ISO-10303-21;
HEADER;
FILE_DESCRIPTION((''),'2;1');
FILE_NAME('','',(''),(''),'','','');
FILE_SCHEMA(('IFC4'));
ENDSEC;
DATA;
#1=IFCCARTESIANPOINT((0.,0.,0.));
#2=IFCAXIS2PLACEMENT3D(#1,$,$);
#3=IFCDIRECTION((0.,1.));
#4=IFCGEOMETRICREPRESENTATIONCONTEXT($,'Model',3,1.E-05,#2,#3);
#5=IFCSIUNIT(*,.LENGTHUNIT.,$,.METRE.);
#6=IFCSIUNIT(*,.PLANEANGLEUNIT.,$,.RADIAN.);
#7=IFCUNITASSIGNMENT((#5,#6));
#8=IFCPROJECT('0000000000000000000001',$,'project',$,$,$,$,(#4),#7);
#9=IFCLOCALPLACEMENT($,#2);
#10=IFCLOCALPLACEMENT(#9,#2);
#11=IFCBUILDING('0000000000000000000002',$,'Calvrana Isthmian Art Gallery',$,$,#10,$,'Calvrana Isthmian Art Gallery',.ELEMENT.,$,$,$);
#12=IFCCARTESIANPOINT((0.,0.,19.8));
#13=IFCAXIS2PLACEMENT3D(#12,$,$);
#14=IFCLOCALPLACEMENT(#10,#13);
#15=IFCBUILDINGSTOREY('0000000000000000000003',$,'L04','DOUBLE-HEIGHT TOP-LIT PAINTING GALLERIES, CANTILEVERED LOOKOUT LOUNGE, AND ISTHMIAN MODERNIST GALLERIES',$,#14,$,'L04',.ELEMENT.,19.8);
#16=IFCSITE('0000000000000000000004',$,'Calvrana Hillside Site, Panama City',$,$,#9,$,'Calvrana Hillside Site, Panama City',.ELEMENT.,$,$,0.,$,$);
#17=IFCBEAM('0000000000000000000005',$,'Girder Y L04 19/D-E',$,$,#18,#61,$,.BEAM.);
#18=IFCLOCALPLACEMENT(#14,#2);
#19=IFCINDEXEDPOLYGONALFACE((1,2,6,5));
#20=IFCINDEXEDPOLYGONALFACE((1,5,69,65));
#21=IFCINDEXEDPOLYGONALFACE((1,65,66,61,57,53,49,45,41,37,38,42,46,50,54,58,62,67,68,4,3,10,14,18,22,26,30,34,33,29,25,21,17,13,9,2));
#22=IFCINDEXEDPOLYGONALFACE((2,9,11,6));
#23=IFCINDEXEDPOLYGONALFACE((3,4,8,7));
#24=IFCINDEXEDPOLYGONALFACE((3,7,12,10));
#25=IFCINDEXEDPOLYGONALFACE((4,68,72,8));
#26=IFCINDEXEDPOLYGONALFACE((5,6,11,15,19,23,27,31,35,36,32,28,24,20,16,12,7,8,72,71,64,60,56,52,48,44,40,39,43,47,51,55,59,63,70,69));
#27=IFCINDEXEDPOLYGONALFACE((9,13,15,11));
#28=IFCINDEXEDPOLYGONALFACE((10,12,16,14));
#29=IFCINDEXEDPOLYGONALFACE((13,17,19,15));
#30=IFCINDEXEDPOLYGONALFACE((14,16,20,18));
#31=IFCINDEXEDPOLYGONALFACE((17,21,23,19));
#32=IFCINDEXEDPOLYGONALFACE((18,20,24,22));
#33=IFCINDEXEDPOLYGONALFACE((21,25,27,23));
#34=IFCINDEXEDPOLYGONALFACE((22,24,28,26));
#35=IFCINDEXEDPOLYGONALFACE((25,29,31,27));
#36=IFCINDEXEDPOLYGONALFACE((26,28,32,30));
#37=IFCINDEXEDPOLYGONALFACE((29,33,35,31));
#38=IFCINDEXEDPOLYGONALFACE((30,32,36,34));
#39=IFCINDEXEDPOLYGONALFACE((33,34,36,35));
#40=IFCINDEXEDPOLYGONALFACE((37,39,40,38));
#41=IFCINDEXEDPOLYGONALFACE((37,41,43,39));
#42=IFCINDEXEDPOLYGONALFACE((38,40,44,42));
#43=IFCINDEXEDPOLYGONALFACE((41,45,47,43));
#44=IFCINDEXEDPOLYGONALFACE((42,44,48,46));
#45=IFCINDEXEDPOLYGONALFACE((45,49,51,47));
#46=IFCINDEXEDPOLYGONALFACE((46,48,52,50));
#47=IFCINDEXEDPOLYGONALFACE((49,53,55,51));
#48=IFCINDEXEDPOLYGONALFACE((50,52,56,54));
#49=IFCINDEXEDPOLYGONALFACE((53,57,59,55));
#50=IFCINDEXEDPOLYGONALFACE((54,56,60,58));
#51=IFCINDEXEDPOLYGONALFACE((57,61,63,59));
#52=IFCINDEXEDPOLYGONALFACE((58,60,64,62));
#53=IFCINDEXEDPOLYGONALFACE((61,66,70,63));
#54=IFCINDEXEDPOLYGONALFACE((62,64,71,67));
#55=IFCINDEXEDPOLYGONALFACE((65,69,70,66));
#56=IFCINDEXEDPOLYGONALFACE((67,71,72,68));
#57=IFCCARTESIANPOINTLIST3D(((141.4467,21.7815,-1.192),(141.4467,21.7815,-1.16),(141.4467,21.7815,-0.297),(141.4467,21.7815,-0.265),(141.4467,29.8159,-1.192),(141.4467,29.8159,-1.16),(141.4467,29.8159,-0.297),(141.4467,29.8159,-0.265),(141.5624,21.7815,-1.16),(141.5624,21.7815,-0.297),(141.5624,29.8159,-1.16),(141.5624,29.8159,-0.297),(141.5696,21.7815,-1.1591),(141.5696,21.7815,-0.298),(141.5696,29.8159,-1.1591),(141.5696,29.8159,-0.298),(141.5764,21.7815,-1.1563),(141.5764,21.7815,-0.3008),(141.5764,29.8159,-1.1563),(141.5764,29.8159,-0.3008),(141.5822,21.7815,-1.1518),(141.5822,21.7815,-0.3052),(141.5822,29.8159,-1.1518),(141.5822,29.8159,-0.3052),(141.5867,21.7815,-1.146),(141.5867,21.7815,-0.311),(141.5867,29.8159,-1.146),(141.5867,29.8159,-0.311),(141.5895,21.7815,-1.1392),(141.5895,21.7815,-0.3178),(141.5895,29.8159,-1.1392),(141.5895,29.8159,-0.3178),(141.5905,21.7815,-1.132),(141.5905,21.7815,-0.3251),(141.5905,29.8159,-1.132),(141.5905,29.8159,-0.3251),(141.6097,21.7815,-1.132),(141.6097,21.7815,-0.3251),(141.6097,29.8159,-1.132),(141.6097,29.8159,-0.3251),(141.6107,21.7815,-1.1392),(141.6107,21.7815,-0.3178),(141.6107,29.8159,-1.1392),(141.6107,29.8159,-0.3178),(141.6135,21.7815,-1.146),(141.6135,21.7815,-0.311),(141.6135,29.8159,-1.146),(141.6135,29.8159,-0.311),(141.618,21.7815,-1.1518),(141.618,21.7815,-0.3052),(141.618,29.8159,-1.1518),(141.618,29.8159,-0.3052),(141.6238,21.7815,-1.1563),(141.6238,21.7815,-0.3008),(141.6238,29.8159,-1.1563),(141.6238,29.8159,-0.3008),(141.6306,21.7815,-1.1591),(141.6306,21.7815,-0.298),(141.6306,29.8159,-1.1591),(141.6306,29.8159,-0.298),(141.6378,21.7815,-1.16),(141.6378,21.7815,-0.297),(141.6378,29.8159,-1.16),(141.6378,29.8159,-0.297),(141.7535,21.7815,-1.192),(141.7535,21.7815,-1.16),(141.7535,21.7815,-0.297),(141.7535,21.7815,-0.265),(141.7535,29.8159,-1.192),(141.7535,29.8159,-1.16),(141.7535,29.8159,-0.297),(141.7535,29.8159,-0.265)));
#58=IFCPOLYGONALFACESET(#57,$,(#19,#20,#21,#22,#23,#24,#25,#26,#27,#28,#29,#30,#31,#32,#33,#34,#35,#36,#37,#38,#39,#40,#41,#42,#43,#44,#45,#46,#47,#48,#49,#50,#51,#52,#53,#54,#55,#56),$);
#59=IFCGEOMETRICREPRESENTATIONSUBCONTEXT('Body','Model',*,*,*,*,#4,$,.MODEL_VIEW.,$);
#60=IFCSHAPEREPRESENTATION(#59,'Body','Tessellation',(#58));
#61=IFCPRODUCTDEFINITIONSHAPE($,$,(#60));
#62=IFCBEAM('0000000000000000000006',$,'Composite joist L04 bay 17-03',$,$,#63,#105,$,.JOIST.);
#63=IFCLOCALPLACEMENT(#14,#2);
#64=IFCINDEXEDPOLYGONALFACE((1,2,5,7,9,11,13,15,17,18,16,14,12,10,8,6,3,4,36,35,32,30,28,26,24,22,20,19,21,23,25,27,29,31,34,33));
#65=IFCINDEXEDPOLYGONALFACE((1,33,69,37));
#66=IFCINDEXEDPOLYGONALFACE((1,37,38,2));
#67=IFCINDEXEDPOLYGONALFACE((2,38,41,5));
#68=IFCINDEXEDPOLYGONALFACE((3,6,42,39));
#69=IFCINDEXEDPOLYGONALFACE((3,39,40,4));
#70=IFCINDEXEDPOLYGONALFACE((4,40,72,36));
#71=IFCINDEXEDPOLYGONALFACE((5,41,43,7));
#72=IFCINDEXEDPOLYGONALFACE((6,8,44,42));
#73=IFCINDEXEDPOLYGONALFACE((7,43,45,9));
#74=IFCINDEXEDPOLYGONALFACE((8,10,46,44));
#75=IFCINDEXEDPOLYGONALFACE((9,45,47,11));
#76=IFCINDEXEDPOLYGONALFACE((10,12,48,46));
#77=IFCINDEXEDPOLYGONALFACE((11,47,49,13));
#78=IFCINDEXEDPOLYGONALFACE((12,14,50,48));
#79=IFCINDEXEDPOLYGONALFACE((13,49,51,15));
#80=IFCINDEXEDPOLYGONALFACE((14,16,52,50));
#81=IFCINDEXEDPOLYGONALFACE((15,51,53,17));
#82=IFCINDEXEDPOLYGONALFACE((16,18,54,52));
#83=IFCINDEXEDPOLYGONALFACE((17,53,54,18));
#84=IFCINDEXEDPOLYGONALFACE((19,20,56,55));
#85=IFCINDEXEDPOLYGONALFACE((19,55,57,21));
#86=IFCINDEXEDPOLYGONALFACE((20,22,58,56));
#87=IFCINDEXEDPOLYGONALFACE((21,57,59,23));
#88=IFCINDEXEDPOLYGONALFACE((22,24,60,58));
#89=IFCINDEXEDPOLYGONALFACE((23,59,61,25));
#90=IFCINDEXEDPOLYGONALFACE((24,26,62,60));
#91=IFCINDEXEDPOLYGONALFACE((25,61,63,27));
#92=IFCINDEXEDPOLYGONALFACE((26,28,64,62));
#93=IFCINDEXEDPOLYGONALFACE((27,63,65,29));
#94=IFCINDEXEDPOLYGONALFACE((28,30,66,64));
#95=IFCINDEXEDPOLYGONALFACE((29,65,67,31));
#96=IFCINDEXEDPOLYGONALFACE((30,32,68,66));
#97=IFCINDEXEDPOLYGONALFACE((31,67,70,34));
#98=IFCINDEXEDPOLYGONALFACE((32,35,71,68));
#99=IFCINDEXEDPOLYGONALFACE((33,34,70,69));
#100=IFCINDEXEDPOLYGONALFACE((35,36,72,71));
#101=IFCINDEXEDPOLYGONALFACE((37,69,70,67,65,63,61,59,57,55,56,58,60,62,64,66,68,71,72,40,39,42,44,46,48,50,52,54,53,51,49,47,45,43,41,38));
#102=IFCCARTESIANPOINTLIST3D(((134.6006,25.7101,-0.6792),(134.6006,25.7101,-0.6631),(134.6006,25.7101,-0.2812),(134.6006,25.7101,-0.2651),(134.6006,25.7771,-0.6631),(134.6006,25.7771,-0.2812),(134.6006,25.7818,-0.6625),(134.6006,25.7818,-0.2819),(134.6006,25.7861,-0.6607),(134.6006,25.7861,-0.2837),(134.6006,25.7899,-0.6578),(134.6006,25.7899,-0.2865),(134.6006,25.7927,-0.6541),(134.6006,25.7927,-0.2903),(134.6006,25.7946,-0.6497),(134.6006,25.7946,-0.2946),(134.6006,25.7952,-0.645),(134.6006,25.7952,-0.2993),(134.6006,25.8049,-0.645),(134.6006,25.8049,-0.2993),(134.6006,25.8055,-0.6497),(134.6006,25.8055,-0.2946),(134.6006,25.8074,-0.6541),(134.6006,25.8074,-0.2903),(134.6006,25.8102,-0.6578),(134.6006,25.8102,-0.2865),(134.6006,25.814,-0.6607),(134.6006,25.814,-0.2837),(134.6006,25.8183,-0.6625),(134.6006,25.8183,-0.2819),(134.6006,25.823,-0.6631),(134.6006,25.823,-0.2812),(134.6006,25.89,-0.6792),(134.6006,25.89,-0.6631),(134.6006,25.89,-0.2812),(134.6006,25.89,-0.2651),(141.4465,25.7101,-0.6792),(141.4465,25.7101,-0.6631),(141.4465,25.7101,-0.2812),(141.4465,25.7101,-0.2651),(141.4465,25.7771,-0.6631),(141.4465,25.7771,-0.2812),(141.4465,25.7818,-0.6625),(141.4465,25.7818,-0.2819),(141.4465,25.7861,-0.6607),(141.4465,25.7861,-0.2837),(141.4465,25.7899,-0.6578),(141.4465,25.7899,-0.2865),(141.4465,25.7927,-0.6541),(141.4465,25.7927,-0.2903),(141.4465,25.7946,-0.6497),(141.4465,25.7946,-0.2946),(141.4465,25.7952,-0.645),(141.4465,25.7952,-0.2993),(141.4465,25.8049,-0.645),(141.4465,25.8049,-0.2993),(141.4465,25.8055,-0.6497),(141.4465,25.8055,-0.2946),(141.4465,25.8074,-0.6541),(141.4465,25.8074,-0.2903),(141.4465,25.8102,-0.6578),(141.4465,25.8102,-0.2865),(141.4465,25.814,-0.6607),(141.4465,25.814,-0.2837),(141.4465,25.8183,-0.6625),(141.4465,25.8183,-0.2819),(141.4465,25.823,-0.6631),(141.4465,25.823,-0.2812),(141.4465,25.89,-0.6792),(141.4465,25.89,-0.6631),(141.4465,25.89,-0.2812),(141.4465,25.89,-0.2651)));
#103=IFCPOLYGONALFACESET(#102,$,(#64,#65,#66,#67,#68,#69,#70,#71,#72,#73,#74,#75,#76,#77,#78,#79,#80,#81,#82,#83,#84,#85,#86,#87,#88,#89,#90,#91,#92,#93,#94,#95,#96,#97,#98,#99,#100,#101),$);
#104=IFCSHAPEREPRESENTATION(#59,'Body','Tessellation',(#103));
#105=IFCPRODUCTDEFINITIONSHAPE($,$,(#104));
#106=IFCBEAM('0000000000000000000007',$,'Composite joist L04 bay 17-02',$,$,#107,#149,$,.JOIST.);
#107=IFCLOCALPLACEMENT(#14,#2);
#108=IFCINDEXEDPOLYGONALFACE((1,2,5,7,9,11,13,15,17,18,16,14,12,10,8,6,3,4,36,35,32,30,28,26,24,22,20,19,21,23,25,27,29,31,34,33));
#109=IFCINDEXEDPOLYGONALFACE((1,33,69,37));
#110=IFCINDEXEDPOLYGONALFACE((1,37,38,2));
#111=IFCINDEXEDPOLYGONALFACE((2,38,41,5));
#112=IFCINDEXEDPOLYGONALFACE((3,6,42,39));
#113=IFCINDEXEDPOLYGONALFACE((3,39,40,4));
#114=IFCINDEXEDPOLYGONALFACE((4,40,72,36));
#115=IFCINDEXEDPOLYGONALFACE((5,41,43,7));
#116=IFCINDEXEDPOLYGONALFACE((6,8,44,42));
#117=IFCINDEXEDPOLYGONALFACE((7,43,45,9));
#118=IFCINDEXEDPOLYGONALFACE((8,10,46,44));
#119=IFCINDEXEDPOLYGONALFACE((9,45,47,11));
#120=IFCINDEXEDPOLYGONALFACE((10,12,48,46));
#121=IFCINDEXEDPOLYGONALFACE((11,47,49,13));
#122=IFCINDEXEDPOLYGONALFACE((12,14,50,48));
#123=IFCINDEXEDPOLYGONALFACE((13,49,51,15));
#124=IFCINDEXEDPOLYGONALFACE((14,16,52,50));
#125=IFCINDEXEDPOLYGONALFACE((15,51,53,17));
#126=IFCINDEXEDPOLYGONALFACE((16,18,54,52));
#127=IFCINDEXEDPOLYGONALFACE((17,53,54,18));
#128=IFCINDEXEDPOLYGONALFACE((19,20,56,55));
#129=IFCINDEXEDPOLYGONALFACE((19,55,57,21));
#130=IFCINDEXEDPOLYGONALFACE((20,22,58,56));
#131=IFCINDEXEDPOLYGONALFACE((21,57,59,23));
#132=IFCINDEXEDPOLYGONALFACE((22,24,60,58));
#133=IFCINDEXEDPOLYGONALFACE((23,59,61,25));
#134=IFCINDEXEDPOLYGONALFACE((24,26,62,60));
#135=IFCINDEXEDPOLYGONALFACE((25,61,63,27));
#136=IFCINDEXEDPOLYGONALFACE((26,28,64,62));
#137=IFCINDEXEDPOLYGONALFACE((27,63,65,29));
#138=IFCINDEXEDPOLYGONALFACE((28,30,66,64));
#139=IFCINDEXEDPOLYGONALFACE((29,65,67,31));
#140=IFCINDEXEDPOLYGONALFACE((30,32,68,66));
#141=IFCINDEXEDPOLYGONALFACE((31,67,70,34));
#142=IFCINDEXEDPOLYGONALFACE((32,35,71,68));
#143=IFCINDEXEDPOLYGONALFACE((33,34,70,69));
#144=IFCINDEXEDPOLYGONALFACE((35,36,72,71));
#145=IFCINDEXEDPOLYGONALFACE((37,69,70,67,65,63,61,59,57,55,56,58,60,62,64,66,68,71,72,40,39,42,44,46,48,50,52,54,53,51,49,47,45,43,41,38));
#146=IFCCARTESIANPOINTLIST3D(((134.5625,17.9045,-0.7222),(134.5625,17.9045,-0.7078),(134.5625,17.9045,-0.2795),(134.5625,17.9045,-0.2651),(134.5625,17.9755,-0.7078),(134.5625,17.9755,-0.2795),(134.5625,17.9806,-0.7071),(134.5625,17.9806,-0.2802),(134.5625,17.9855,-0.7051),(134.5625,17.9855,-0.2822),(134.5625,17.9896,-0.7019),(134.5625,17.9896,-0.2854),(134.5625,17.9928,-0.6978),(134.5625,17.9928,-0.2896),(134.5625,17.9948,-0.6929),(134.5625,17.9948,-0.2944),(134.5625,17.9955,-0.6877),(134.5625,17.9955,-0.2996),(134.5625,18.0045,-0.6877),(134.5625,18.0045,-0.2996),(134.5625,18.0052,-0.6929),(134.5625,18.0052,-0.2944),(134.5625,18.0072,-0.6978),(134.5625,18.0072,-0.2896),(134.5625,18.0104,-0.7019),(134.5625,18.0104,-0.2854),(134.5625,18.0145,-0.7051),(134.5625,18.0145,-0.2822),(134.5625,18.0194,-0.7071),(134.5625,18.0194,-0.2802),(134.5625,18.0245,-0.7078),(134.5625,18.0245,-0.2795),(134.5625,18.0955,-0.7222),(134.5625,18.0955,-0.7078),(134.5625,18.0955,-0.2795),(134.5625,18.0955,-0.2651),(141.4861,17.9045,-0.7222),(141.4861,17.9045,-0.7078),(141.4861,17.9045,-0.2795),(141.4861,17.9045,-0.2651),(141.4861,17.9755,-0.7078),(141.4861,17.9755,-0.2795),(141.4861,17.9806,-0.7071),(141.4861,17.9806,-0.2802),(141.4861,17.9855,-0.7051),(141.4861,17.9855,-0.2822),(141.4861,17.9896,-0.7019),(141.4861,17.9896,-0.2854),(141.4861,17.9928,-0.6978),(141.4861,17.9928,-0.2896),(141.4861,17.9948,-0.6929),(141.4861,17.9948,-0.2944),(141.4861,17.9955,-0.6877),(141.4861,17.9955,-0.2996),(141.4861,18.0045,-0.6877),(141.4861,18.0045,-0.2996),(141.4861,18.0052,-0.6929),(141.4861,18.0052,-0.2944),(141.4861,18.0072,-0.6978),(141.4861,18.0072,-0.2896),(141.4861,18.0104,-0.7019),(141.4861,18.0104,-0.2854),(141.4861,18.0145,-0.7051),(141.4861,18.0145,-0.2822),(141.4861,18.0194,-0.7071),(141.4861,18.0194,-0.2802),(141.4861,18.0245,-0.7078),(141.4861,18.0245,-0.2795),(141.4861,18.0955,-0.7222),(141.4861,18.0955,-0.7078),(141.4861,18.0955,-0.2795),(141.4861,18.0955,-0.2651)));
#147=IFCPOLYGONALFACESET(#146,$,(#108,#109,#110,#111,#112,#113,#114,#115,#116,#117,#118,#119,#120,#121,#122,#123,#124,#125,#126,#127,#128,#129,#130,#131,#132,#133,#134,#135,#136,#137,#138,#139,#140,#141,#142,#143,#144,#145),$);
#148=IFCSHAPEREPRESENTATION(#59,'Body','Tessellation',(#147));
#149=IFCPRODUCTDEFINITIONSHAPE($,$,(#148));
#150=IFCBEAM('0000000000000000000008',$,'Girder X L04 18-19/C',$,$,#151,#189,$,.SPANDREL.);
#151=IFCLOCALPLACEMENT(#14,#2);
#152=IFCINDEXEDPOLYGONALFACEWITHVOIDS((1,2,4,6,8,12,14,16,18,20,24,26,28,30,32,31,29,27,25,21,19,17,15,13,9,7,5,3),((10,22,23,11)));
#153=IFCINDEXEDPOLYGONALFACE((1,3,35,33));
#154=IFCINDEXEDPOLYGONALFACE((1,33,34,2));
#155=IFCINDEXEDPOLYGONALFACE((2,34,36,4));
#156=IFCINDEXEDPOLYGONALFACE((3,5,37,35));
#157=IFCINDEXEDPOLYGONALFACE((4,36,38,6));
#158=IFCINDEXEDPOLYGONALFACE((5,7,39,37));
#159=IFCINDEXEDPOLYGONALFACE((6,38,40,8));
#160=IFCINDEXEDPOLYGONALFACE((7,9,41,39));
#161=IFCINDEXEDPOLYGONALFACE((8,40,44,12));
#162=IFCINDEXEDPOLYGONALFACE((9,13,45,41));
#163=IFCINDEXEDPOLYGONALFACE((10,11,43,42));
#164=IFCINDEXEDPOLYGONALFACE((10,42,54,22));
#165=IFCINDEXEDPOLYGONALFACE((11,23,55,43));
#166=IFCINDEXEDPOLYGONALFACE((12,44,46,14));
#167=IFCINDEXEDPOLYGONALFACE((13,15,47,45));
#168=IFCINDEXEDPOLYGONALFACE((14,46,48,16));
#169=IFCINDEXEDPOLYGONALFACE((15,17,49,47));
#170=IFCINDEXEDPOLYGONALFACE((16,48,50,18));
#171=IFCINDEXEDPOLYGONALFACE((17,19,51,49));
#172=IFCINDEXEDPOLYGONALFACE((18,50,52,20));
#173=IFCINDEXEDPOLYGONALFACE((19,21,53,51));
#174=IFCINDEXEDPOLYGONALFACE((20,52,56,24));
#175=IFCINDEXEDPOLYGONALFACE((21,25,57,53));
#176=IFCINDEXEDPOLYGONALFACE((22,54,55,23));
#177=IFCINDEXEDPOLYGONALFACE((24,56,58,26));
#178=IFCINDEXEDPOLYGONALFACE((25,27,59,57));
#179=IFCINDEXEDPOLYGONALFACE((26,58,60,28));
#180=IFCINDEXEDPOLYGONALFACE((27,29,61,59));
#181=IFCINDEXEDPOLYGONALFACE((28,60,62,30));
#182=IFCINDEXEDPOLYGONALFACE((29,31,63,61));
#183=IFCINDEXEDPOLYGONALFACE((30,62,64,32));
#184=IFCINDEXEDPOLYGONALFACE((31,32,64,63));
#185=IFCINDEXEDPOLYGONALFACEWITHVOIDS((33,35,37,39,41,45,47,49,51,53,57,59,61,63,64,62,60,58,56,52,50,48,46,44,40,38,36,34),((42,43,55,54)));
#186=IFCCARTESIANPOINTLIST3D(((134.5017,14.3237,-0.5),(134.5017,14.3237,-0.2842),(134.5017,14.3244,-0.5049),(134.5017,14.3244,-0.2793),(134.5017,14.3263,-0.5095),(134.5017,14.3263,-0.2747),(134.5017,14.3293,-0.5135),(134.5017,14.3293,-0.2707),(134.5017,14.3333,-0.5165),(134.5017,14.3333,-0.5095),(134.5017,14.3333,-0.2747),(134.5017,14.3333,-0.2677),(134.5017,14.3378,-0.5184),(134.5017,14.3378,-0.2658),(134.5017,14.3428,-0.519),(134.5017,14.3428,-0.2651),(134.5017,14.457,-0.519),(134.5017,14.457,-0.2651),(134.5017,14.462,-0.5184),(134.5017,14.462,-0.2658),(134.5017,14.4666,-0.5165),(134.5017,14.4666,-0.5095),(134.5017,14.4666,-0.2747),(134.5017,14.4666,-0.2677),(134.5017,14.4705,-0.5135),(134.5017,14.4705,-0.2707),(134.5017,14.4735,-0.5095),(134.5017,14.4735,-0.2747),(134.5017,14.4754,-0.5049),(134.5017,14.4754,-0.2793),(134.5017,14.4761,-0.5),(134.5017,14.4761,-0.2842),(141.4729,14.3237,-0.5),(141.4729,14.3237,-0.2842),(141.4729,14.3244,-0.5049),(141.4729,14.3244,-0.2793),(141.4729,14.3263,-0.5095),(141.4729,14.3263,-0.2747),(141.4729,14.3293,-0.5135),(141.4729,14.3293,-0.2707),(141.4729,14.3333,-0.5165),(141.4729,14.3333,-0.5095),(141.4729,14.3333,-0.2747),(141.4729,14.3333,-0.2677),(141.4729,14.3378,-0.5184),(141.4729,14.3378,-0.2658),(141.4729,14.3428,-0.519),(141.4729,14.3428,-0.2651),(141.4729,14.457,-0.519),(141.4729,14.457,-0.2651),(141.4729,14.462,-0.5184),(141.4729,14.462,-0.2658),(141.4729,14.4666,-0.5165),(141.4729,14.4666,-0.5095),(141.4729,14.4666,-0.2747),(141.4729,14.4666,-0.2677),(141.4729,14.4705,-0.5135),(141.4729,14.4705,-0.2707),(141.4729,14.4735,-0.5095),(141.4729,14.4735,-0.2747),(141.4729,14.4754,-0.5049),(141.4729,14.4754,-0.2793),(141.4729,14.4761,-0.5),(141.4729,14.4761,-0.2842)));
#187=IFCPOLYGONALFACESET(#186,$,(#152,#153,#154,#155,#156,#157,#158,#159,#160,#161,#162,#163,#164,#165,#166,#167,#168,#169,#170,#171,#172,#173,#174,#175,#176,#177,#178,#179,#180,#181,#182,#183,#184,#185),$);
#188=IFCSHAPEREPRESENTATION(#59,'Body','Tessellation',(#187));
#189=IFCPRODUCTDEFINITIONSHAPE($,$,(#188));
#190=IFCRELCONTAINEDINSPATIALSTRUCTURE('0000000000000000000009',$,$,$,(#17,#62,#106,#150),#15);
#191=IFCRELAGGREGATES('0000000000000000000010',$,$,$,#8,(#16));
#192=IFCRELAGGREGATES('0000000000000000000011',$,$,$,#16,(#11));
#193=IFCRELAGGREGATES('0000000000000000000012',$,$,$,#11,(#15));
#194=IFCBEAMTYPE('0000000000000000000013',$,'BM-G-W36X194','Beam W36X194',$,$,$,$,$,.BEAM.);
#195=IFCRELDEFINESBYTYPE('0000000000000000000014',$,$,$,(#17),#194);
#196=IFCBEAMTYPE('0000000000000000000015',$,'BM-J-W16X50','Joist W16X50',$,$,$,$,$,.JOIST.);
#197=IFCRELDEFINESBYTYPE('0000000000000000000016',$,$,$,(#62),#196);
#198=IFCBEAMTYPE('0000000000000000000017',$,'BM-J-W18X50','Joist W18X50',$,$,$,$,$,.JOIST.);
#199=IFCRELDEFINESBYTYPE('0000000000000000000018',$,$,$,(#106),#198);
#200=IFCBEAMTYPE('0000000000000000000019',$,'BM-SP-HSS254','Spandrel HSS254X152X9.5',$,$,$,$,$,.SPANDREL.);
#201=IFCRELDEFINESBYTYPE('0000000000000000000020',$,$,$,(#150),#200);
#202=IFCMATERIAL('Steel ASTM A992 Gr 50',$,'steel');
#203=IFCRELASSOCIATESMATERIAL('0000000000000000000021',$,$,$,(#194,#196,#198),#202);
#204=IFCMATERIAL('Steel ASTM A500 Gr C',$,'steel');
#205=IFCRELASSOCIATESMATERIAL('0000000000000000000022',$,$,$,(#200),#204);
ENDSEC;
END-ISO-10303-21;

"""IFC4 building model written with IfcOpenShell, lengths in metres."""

from ifc_helpers import new_model, si_unit, direction, frame, origin, origin_2d, place, context, subcontext, project, spatial, hollow_rectangle, i_section, extrude, material, material_profile, profile_set, type_object, element, save


model = new_model("IFC4")

# Units and contexts
model_context = context("Model", 3, precision=1e-05, world=origin(), true_north=direction((0.0, 1.0)))
body_context = subcontext(model_context, "Body", "Model", "MODEL_VIEW")
ifc_project = project(units=[si_unit("LENGTHUNIT", "METRE"), si_unit("PLANEANGLEUNIT", "RADIAN")], contexts=[model_context])

# Site, building, storey
site_placement = place(None, origin())
site = spatial("IfcSite", under=ifc_project, at=site_placement, Name="Calvrana Hillside Site, Panama City", LongName="Calvrana Hillside Site, Panama City", CompositionType="ELEMENT", RefElevation=0.0)
building_placement = place(site_placement, origin())
building = spatial("IfcBuilding", under=site, at=building_placement, Name="Calvrana Isthmian Art Gallery", LongName="Calvrana Isthmian Art Gallery", CompositionType="ELEMENT")
storey_placement = place(building_placement, frame((0.0, 0.0, 19.8)))
storey = spatial("IfcBuildingStorey", under=building, at=storey_placement, Name="L04", Description="DOUBLE-HEIGHT TOP-LIT PAINTING GALLERIES, CANTILEVERED LOOKOUT LOUNGE, AND ISTHMIAN MODERNIST GALLERIES", LongName="L04", CompositionType="ELEMENT", Elevation=19.8)

# Shared definitions
ifc_material_1 = material(Name="Steel ASTM A992 Gr 50", Category="steel")

# Beams
ifc_material_profile_1 = material_profile(ifc_material_1, i_section(OverallWidth=0.3069, OverallDepth=0.927, WebThickness=0.0193, FlangeThickness=0.032, FilletRadius=0.0281, at=origin_2d()), Name="W36X194")
ifc_profile_set_1 = profile_set([ifc_material_profile_1], Name="Steel ASTM A992 Gr 50")
beam_type_1 = type_object("IfcBeamType", Name="BM-G-W36X194", Description="Beam W36X194", PredefinedType="BEAM", material=ifc_profile_set_1)
beam_1_placement = place(storey_placement, frame((141.6001, 21.7815, -0.7285), z_axis=(0.0, 1.0, 0.0), x_axis=(-1.0, 0.0, 0.0)))
element("IfcBeam", 1, at=beam_1_placement, inside=storey, type_object=beam_type_1, Name="Girder Y L04 19/D-E", PredefinedType="BEAM", context=body_context, shape_type="SweptSolid", body=[
    extrude(i_section(OverallWidth=0.3069, OverallDepth=0.927, WebThickness=0.0193, FlangeThickness=0.032, FilletRadius=0.0281, at=origin_2d()), origin(), (0.0, 0.0, 1.0), 8.0344),
])
ifc_material_profile_2 = material_profile(ifc_material_1, i_section(OverallWidth=0.1799, OverallDepth=0.4141, WebThickness=0.0098, FlangeThickness=0.0161, FilletRadius=0.0181, at=origin_2d()), Name="W16X50")
ifc_profile_set_2 = profile_set([ifc_material_profile_2], Name="Steel ASTM A992 Gr 50")
beam_type_2 = type_object("IfcBeamType", Name="BM-J-W16X50", Description="Joist W16X50", PredefinedType="JOIST", material=ifc_profile_set_2)
beam_2_placement = place(storey_placement, frame((134.6006, 25.8, -0.4722), z_axis=(1.0, 0.0, 0.0), x_axis=(0.0, 1.0, 0.0)))
element("IfcBeam", 2, at=beam_2_placement, inside=storey, type_object=beam_type_2, Name="Composite joist L04 bay 17-03", PredefinedType="JOIST", context=body_context, shape_type="SweptSolid", body=[
    extrude(i_section(OverallWidth=0.1799, OverallDepth=0.4141, WebThickness=0.0098, FlangeThickness=0.0161, FilletRadius=0.0181, at=origin_2d()), origin(), (0.0, 0.0, 1.0), 6.8459),
])
ifc_material_profile_3 = material_profile(ifc_material_1, i_section(OverallWidth=0.1909, OverallDepth=0.457, WebThickness=0.009, FlangeThickness=0.0144, FilletRadius=0.02, at=origin_2d()), Name="W18X50")
ifc_profile_set_3 = profile_set([ifc_material_profile_3], Name="Steel ASTM A992 Gr 50")
beam_type_3 = type_object("IfcBeamType", Name="BM-J-W18X50", Description="Joist W18X50", PredefinedType="JOIST", material=ifc_profile_set_3)
beam_3_placement = place(storey_placement, frame((134.5625, 18.0, -0.4937), z_axis=(1.0, 0.0, 0.0), x_axis=(0.0, 1.0, 0.0)))
element("IfcBeam", 3, at=beam_3_placement, inside=storey, type_object=beam_type_3, Name="Composite joist L04 bay 17-02", PredefinedType="JOIST", context=body_context, shape_type="SweptSolid", body=[
    extrude(i_section(OverallWidth=0.1909, OverallDepth=0.457, WebThickness=0.009, FlangeThickness=0.0144, FilletRadius=0.02, at=origin_2d()), origin(), (0.0, 0.0, 1.0), 6.9236),
])
ifc_material_2 = material(Name="Steel ASTM A500 Gr C", Category="steel")
ifc_material_profile_4 = material_profile(ifc_material_2, hollow_rectangle(XDim=0.1523, YDim=0.2539, WallThickness=0.0095, OuterFilletRadius=0.019, at=origin_2d()), Name="HSS254X152X9.5")
ifc_profile_set_4 = profile_set([ifc_material_profile_4], Name="Steel ASTM A500 Gr C")
beam_type_4 = type_object("IfcBeamType", Name="BM-SP-HSS254", Description="Spandrel HSS254X152X9.5", PredefinedType="SPANDREL", material=ifc_profile_set_4)
beam_4_placement = place(storey_placement, frame((134.5017, 14.3999, -0.3921), z_axis=(1.0, 0.0, 0.0), x_axis=(0.0, 1.0, 0.0)))
element("IfcBeam", 4, at=beam_4_placement, inside=storey, type_object=beam_type_4, Name="Girder X L04 18-19/C", PredefinedType="SPANDREL", context=body_context, shape_type="SweptSolid", body=[
    extrude(hollow_rectangle(XDim=0.1523, YDim=0.2539, WallThickness=0.0095, OuterFilletRadius=0.019, at=origin_2d()), origin(), (0.0, 0.0, 1.0), 6.9712),
])

save(model, "model.ifc")
